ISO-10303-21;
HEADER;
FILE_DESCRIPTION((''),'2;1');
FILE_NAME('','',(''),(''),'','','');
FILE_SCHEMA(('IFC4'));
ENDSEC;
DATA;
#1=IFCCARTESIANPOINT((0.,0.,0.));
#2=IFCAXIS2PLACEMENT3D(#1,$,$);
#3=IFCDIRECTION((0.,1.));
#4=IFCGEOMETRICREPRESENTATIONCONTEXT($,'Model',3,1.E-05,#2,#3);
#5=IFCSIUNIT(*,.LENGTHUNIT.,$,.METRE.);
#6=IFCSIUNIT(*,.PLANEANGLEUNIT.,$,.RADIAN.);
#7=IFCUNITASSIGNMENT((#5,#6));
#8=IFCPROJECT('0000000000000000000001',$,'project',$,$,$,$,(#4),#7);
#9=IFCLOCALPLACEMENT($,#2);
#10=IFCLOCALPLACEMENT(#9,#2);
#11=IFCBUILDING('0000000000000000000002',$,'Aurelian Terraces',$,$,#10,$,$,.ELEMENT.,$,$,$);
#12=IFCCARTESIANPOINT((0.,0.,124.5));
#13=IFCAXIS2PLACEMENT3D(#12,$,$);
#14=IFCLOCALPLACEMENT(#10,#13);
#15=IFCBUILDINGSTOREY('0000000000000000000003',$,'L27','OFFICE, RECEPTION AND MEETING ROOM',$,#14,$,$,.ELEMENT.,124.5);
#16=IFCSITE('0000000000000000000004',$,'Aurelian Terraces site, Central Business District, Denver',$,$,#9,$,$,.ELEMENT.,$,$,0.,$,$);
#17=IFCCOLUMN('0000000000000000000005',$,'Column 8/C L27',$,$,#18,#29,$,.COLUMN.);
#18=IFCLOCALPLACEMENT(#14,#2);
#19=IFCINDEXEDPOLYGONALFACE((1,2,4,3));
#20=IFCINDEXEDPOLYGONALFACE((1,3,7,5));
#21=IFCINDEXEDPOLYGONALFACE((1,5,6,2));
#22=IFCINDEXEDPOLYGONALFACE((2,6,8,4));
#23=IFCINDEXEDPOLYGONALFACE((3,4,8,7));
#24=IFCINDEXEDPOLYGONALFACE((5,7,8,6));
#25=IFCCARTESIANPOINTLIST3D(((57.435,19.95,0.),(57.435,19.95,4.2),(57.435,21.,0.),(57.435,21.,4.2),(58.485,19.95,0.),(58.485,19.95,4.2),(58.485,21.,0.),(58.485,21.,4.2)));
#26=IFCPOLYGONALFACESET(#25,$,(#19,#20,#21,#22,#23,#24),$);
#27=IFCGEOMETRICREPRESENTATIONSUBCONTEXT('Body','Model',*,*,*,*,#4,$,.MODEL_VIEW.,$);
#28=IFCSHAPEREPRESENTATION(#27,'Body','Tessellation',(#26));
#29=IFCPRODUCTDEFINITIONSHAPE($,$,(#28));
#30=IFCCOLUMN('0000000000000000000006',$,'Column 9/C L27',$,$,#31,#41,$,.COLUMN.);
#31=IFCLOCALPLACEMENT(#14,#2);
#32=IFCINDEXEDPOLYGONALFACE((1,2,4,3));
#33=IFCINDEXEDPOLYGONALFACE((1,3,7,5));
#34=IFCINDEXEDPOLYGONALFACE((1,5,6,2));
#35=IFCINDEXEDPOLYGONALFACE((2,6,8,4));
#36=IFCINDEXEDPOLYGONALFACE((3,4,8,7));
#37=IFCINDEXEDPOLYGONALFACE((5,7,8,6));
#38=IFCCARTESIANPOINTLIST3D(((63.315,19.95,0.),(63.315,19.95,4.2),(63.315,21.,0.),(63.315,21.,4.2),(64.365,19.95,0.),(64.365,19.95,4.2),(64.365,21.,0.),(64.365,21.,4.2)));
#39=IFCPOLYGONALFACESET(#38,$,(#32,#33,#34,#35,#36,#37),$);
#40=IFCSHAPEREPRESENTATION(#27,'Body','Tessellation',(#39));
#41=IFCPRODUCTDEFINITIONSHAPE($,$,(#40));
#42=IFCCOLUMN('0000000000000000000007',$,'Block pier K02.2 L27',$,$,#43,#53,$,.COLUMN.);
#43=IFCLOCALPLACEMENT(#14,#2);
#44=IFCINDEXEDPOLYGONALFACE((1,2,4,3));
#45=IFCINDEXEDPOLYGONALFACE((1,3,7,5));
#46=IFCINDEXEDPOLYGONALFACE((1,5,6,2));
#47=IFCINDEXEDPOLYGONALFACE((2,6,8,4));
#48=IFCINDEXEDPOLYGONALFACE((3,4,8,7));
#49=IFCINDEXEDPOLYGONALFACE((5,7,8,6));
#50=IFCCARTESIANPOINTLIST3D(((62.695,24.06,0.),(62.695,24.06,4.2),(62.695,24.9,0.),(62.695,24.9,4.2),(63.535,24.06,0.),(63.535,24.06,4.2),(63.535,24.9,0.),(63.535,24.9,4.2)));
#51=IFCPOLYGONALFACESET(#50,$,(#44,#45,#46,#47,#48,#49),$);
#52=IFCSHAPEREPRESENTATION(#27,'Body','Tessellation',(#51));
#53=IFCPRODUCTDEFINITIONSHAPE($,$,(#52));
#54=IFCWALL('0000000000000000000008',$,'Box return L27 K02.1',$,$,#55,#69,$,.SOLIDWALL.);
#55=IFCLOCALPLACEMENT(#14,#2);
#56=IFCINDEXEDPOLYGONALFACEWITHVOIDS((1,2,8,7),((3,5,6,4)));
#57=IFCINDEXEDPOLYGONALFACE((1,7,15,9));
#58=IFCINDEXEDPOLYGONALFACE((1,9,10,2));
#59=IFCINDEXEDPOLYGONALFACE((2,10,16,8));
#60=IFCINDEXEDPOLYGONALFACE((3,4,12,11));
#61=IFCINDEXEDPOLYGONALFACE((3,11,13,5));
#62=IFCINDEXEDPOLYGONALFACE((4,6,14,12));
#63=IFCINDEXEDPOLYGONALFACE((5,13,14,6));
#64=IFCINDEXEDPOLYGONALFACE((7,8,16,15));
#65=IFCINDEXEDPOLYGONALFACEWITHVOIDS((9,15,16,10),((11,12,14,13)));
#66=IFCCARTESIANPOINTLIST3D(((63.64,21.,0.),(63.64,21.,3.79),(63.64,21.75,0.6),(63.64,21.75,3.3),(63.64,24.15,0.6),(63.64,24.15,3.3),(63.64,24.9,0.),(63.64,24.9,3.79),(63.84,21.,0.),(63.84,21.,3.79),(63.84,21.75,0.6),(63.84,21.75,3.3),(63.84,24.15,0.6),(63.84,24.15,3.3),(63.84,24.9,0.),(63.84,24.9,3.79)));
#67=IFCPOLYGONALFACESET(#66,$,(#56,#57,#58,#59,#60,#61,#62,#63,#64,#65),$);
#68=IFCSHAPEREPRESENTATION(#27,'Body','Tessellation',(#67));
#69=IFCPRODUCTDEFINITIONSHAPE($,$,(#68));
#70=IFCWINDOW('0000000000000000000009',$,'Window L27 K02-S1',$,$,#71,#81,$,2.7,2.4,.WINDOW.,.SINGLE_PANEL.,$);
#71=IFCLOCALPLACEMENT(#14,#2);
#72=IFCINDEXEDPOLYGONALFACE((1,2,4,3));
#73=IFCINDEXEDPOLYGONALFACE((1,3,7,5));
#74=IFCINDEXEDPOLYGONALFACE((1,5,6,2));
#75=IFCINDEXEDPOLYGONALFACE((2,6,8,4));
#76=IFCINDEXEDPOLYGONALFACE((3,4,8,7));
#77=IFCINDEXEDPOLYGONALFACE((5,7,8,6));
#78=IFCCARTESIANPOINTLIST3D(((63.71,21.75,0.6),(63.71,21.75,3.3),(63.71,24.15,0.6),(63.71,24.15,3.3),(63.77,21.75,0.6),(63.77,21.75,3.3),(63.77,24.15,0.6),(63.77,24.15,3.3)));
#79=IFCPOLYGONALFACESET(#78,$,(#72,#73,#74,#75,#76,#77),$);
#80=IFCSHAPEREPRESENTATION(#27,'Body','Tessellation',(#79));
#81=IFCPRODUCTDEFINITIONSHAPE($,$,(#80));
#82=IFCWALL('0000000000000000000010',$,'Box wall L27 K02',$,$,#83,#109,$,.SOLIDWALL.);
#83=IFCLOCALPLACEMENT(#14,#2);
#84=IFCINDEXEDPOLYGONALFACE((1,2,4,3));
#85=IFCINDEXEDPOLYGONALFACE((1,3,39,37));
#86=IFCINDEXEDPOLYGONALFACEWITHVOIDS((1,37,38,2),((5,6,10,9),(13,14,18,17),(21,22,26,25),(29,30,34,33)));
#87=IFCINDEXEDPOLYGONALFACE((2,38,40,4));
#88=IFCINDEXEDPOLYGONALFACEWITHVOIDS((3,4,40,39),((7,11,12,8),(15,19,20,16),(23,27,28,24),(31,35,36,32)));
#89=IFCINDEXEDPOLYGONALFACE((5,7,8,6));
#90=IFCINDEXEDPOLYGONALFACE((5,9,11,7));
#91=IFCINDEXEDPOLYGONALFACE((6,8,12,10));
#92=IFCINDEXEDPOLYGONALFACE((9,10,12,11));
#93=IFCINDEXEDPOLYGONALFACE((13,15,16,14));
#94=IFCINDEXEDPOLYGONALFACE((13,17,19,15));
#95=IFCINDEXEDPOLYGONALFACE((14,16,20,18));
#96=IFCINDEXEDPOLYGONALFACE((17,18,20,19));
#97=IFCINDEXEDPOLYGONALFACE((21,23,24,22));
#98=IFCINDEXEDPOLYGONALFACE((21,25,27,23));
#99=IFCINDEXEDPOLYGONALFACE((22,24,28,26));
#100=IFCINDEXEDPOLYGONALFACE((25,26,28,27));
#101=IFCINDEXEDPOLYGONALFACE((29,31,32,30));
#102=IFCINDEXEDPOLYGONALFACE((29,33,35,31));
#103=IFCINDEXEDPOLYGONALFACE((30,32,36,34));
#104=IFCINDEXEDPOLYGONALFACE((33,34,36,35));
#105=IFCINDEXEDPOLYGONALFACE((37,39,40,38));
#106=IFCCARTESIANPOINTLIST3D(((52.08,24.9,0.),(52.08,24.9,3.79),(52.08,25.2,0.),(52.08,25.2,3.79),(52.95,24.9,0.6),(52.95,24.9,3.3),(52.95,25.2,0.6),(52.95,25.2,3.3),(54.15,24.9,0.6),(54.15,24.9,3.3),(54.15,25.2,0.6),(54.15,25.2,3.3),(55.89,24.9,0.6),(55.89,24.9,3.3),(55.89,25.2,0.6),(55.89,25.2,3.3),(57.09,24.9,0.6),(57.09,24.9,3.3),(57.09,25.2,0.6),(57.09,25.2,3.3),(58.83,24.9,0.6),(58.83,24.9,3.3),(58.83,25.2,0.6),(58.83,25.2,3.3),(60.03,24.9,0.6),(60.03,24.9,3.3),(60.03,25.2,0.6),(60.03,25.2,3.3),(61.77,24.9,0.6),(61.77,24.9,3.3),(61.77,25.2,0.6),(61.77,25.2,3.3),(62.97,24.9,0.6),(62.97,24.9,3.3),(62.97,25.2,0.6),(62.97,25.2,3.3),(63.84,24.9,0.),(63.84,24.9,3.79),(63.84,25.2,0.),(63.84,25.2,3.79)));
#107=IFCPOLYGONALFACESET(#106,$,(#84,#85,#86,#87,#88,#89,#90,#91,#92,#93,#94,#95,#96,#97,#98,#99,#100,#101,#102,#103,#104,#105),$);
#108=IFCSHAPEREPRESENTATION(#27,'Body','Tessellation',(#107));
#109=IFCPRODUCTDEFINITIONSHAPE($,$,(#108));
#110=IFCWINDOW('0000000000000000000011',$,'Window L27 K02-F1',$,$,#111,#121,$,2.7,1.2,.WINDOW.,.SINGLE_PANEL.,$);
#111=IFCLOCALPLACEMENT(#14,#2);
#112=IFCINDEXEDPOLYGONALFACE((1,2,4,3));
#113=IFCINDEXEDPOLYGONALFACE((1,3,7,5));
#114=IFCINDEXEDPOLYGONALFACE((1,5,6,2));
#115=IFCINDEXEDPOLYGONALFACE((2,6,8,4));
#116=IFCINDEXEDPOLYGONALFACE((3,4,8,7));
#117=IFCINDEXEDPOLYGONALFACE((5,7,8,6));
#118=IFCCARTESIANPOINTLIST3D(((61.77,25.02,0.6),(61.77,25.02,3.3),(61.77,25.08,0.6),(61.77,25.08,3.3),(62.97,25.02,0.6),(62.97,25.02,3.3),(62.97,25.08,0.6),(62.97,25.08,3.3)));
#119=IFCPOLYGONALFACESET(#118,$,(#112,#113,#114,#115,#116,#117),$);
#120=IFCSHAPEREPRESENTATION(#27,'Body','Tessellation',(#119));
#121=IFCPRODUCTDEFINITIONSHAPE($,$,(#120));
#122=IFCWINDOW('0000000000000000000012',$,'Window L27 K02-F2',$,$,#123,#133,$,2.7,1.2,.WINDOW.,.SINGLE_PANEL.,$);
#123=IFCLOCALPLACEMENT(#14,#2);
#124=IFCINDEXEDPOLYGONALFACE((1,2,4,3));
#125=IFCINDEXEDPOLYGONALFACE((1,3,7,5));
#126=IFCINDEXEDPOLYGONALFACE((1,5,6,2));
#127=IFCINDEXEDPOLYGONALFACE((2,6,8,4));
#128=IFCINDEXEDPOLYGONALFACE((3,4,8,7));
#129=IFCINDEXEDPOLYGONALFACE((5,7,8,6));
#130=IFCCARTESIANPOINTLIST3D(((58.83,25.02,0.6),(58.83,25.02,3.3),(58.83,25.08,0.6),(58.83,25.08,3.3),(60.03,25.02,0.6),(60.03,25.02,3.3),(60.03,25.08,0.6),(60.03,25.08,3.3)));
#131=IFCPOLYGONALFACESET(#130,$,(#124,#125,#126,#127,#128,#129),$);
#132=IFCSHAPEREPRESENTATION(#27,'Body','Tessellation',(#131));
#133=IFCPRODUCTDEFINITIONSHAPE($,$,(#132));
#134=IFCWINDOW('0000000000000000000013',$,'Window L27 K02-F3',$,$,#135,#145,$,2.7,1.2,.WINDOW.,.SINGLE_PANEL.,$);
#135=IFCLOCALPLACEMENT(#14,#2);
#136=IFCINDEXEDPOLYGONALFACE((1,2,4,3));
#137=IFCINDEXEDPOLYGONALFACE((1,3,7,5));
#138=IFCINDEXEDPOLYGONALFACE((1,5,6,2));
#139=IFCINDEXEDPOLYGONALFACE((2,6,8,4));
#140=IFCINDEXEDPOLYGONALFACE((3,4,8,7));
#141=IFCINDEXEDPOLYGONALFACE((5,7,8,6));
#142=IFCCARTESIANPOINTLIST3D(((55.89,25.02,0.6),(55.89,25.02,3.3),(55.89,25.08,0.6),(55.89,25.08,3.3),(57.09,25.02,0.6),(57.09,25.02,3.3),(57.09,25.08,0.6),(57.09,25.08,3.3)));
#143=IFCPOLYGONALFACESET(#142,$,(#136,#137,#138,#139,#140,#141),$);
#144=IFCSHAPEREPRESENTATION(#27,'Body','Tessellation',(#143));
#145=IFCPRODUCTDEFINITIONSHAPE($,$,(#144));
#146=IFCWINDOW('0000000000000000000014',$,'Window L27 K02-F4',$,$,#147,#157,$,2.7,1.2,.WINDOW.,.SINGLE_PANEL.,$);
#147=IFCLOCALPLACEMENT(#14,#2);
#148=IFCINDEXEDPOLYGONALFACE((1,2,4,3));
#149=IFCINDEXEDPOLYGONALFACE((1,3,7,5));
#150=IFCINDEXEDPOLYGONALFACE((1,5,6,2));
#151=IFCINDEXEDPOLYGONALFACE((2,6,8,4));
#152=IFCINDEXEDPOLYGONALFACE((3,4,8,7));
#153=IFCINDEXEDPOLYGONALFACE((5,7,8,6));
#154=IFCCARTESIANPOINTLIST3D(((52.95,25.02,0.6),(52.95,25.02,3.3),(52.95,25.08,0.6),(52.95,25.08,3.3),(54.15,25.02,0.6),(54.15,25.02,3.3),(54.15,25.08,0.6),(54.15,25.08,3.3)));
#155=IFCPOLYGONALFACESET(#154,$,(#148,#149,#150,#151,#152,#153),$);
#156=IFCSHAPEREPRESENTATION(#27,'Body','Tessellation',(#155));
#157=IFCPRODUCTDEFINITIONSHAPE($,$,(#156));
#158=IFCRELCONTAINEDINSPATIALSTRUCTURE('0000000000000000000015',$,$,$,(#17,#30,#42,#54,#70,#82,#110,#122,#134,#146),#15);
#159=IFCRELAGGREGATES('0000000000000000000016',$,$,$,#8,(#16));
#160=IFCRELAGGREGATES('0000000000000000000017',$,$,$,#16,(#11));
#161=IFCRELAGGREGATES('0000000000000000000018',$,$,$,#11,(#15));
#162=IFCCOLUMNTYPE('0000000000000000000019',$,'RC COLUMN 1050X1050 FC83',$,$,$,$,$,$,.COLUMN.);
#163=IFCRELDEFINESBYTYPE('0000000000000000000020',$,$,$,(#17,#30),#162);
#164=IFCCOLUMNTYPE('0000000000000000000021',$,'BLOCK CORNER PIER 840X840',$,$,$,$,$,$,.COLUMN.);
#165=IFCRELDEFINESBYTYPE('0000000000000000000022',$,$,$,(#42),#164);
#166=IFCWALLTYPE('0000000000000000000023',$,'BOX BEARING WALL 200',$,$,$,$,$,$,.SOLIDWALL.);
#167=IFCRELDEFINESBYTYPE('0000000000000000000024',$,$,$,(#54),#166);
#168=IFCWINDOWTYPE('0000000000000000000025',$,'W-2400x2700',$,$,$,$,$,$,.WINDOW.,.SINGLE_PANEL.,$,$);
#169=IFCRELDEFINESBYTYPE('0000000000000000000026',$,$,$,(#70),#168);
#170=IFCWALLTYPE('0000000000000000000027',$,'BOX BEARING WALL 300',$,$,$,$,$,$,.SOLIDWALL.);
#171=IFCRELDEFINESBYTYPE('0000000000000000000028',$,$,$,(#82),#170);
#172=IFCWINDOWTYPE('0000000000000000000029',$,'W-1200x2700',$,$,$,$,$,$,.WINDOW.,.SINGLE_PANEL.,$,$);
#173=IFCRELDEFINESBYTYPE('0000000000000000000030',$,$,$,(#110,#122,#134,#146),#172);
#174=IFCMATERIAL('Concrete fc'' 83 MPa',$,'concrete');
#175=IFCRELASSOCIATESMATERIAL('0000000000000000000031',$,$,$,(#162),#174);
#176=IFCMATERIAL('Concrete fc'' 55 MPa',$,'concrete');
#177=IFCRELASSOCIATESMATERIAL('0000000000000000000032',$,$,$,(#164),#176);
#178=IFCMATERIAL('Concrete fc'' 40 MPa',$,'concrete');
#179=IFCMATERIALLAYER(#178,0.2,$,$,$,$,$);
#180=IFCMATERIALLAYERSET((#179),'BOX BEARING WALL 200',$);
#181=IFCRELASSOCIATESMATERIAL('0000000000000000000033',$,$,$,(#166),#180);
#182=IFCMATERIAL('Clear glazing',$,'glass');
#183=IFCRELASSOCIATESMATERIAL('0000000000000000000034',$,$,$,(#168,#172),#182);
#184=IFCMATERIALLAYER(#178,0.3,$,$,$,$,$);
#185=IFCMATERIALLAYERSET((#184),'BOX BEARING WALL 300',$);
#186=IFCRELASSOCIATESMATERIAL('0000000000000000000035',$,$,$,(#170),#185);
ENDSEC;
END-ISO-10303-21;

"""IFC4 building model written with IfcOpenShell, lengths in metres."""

from ifc_helpers import new_model, si_unit, direction, frame, frame_2d, origin, origin_2d, place, context, subcontext, project, spatial, rectangle, extrude, source, transform, mapped, material, layer, layer_set, material_profile, profile_set, type_object, element, fill, save


model = new_model("IFC4")

# Units and contexts
model_context = context("Model", 3, precision=1e-05, world=origin(), true_north=direction((0.0, 1.0)))
body_context = subcontext(model_context, "Body", "Model", "MODEL_VIEW")
ifc_project = project(units=[si_unit("LENGTHUNIT", "METRE"), si_unit("PLANEANGLEUNIT", "RADIAN")], contexts=[model_context])

# Site, building, storey
site_placement = place(None, origin())
site = spatial("IfcSite", under=ifc_project, at=site_placement, Name="Aurelian Terraces site, Central Business District, Denver", CompositionType="ELEMENT", RefElevation=0.0)
building_placement = place(site_placement, origin())
building = spatial("IfcBuilding", under=site, at=building_placement, Name="Aurelian Terraces", CompositionType="ELEMENT")
storey_placement = place(building_placement, frame((0.0, 0.0, 124.5)))
storey = spatial("IfcBuildingStorey", under=building, at=storey_placement, Name="L27", Description="OFFICE, RECEPTION AND MEETING ROOM", CompositionType="ELEMENT", Elevation=124.5)

# Columns
ifc_material_1 = material(Name="Concrete fc' 83 MPa", Category="concrete")
ifc_material_profile_1 = material_profile(ifc_material_1, rectangle(XDim=1.05, YDim=1.05, at=origin_2d()))
ifc_profile_set_1 = profile_set([ifc_material_profile_1], Name="Concrete fc' 83 MPa")
column_type_1 = type_object("IfcColumnType", Name="RC COLUMN 1050X1050 FC83", PredefinedType="COLUMN", material=ifc_profile_set_1)
shared_shape_1 = source(origin(), body_context, "Body", "SweptSolid", [
    extrude(rectangle(XDim=1.05, YDim=1.05, at=origin_2d()), origin(), (0.0, 0.0, 1.0), 4.2),
])
for number, where, z_axis, x_axis, name in (
    (1, (57.96, 20.475, 0.0), (0.0, 0.0, 1.0), (1.0, 0.0, 0.0), "Column 8/C L27"),
    (2, (63.84, 20.475, 0.0), (0.0, 0.0, 1.0), (1.0, 0.0, 0.0), "Column 9/C L27"),
):
    element("IfcColumn", number, at=place(storey_placement, frame(where, z_axis=z_axis, x_axis=x_axis)), inside=storey, type_object=column_type_1, Name=name, PredefinedType="COLUMN", context=body_context, shape_type="MappedRepresentation", body=[
        mapped(shared_shape_1, transform((0.0, 0.0, 0.0), scale=1.0)),
    ])
ifc_material_2 = material(Name="Concrete fc' 55 MPa", Category="concrete")
ifc_material_profile_2 = material_profile(ifc_material_2, rectangle(XDim=0.84, YDim=0.84, at=origin_2d()))
ifc_profile_set_2 = profile_set([ifc_material_profile_2], Name="Concrete fc' 55 MPa")
column_type_2 = type_object("IfcColumnType", Name="BLOCK CORNER PIER 840X840", PredefinedType="COLUMN", material=ifc_profile_set_2)
shared_shape_2 = source(origin(), body_context, "Body", "SweptSolid", [
    extrude(rectangle(XDim=0.84, YDim=0.84, at=origin_2d()), origin(), (0.0, 0.0, 1.0), 4.2),
])
column_placement = place(storey_placement, frame((63.115, 24.48, 0.0), z_axis=(0.0, 0.0, 1.0), x_axis=(1.0, 0.0, 0.0)))
element("IfcColumn", 3, at=column_placement, inside=storey, type_object=column_type_2, Name="Block pier K02.2 L27", PredefinedType="COLUMN", context=body_context, shape_type="MappedRepresentation", body=[
    mapped(shared_shape_2, transform((0.0, 0.0, 0.0), scale=1.0)),
])

# Wall, opening, window
ifc_material_3 = material(Name="Concrete fc' 40 MPa", Category="concrete")
ifc_layer_1 = layer(ifc_material_3, 0.2)
ifc_layer_set_1 = layer_set([ifc_layer_1], Name="BOX BEARING WALL 200")
wall_type_1 = type_object("IfcWallType", Name="BOX BEARING WALL 200", PredefinedType="SOLIDWALL", material=ifc_layer_set_1)
shared_shape_3 = source(origin(), body_context, "Body", "SweptSolid", [
    extrude(rectangle(XDim=3.9, YDim=0.2, at=frame_2d((1.95, 0.0))), origin(), (0.0, 0.0, 1.0), 3.79),
])
wall_1_placement = place(storey_placement, frame((63.74, 21.0, 0.0), z_axis=(0.0, 0.0, 1.0), x_axis=(0.0, 1.0, 0.0)))
wall_1 = element("IfcWall", 4, at=wall_1_placement, inside=storey, type_object=wall_type_1, Name="Box return L27 K02.1", PredefinedType="SOLIDWALL", context=body_context, shape_type="MappedRepresentation", body=[
    mapped(shared_shape_3, transform((0.0, 0.0, 0.0), scale=1.0)),
])
shared_shape_4 = source(origin(), body_context, "Body", "SweptSolid", [
    extrude(rectangle(XDim=2.4, YDim=2.7, at=frame_2d((1.2, 1.35))), frame((0.0, 0.11, 0.0), z_axis=(0.0, -1.0, 0.0), x_axis=(1.0, 0.0, 0.0)), (0.0, 0.0, 1.0), 0.22),
])
opening_1_placement = place(wall_1_placement, frame((0.75, 0.0, 0.6)))
opening_1 = element("IfcOpeningElement", 5, at=opening_1_placement, cuts=wall_1, PredefinedType="OPENING", context=body_context, shape_type="MappedRepresentation", body=[
    mapped(shared_shape_4, transform((0.0, 0.0, 0.0), scale=1.0)),
])
ifc_material_4 = material(Name="Clear glazing", Category="glass")
window_type_1 = type_object("IfcWindowType", Name="W-2400x2700", PartitioningType="SINGLE_PANEL", PredefinedType="WINDOW", material=ifc_material_4)
shared_shape_5 = source(origin(), body_context, "Body", "SweptSolid", [
    extrude(rectangle(XDim=2.4, YDim=2.7, at=frame_2d((1.2, 1.35))), frame((0.0, 0.03, 0.0), z_axis=(0.0, -1.0, 0.0), x_axis=(1.0, 0.0, 0.0)), (0.0, 0.0, 1.0), 0.06),
])
window_1_placement = place(opening_1_placement, origin())
window_1 = element("IfcWindow", 6, at=window_1_placement, inside=storey, type_object=window_type_1, Name="Window L27 K02-S1", OverallHeight=2.7, OverallWidth=2.4, PartitioningType="SINGLE_PANEL", PredefinedType="WINDOW", context=body_context, shape_type="MappedRepresentation", body=[
    mapped(shared_shape_5, transform((0.0, 0.0, 0.0), scale=1.0)),
])
fill(opening_1, window_1)

# Wall, openings, windows
ifc_layer_2 = layer(ifc_material_3, 0.3)
ifc_layer_set_2 = layer_set([ifc_layer_2], Name="BOX BEARING WALL 300")
wall_type_2 = type_object("IfcWallType", Name="BOX BEARING WALL 300", PredefinedType="SOLIDWALL", material=ifc_layer_set_2)
shared_shape_6 = source(origin(), body_context, "Body", "SweptSolid", [
    extrude(rectangle(XDim=11.76, YDim=0.3, at=frame_2d((5.88, 0.0))), origin(), (0.0, 0.0, 1.0), 3.79),
])
wall_2_placement = place(storey_placement, frame((63.84, 25.05, 0.0), z_axis=(0.0, 0.0, 1.0), x_axis=(-1.0, 0.0, 0.0)))
wall_2 = element("IfcWall", 7, at=wall_2_placement, inside=storey, type_object=wall_type_2, Name="Box wall L27 K02", PredefinedType="SOLIDWALL", context=body_context, shape_type="MappedRepresentation", body=[
    mapped(shared_shape_6, transform((0.0, 0.0, 0.0), scale=1.0)),
])
shared_shape_7 = source(origin(), body_context, "Body", "SweptSolid", [
    extrude(rectangle(XDim=1.2, YDim=2.7, at=frame_2d((0.6, 1.35))), frame((0.0, 0.16, 0.0), z_axis=(0.0, -1.0, 0.0), x_axis=(1.0, 0.0, 0.0)), (0.0, 0.0, 1.0), 0.32),
])
opening_2_placement = place(wall_2_placement, frame((0.87, 0.0, 0.6)))
opening_2 = element("IfcOpeningElement", 8, at=opening_2_placement, cuts=wall_2, PredefinedType="OPENING", context=body_context, shape_type="MappedRepresentation", body=[
    mapped(shared_shape_7, transform((0.0, 0.0, 0.0), scale=1.0)),
])
opening_3_placement = place(wall_2_placement, frame((3.81, 0.0, 0.6)))
opening_3 = element("IfcOpeningElement", 9, at=opening_3_placement, cuts=wall_2, PredefinedType="OPENING", context=body_context, shape_type="MappedRepresentation", body=[
    mapped(shared_shape_7, transform((0.0, 0.0, 0.0), scale=1.0)),
])
opening_4_placement = place(wall_2_placement, frame((6.75, 0.0, 0.6)))
opening_4 = element("IfcOpeningElement", 10, at=opening_4_placement, cuts=wall_2, PredefinedType="OPENING", context=body_context, shape_type="MappedRepresentation", body=[
    mapped(shared_shape_7, transform((0.0, 0.0, 0.0), scale=1.0)),
])
opening_5_placement = place(wall_2_placement, frame((9.69, 0.0, 0.6)))
opening_5 = element("IfcOpeningElement", 11, at=opening_5_placement, cuts=wall_2, PredefinedType="OPENING", context=body_context, shape_type="MappedRepresentation", body=[
    mapped(shared_shape_7, transform((0.0, 0.0, 0.0), scale=1.0)),
])
window_type_2 = type_object("IfcWindowType", Name="W-1200x2700", PartitioningType="SINGLE_PANEL", PredefinedType="WINDOW", material=ifc_material_4)
shared_shape_8 = source(origin(), body_context, "Body", "SweptSolid", [
    extrude(rectangle(XDim=1.2, YDim=2.7, at=frame_2d((0.6, 1.35))), frame((0.0, 0.03, 0.0), z_axis=(0.0, -1.0, 0.0), x_axis=(1.0, 0.0, 0.0)), (0.0, 0.0, 1.0), 0.06),
])
window_2_placement = place(opening_2_placement, origin())
window_2 = element("IfcWindow", 12, at=window_2_placement, inside=storey, type_object=window_type_2, Name="Window L27 K02-F1", OverallHeight=2.7, OverallWidth=1.2, PartitioningType="SINGLE_PANEL", PredefinedType="WINDOW", context=body_context, shape_type="MappedRepresentation", body=[
    mapped(shared_shape_8, transform((0.0, 0.0, 0.0), scale=1.0)),
])
fill(opening_2, window_2)
window_3_placement = place(opening_3_placement, origin())
window_3 = element("IfcWindow", 13, at=window_3_placement, inside=storey, type_object=window_type_2, Name="Window L27 K02-F2", OverallHeight=2.7, OverallWidth=1.2, PartitioningType="SINGLE_PANEL", PredefinedType="WINDOW", context=body_context, shape_type="MappedRepresentation", body=[
    mapped(shared_shape_8, transform((0.0, 0.0, 0.0), scale=1.0)),
])
fill(opening_3, window_3)
window_4_placement = place(opening_4_placement, origin())
window_4 = element("IfcWindow", 14, at=window_4_placement, inside=storey, type_object=window_type_2, Name="Window L27 K02-F3", OverallHeight=2.7, OverallWidth=1.2, PartitioningType="SINGLE_PANEL", PredefinedType="WINDOW", context=body_context, shape_type="MappedRepresentation", body=[
    mapped(shared_shape_8, transform((0.0, 0.0, 0.0), scale=1.0)),
])
fill(opening_4, window_4)
window_5_placement = place(opening_5_placement, origin())
window_5 = element("IfcWindow", 15, at=window_5_placement, inside=storey, type_object=window_type_2, Name="Window L27 K02-F4", OverallHeight=2.7, OverallWidth=1.2, PartitioningType="SINGLE_PANEL", PredefinedType="WINDOW", context=body_context, shape_type="MappedRepresentation", body=[
    mapped(shared_shape_8, transform((0.0, 0.0, 0.0), scale=1.0)),
])
fill(opening_5, window_5)

save(model, "model.ifc")
